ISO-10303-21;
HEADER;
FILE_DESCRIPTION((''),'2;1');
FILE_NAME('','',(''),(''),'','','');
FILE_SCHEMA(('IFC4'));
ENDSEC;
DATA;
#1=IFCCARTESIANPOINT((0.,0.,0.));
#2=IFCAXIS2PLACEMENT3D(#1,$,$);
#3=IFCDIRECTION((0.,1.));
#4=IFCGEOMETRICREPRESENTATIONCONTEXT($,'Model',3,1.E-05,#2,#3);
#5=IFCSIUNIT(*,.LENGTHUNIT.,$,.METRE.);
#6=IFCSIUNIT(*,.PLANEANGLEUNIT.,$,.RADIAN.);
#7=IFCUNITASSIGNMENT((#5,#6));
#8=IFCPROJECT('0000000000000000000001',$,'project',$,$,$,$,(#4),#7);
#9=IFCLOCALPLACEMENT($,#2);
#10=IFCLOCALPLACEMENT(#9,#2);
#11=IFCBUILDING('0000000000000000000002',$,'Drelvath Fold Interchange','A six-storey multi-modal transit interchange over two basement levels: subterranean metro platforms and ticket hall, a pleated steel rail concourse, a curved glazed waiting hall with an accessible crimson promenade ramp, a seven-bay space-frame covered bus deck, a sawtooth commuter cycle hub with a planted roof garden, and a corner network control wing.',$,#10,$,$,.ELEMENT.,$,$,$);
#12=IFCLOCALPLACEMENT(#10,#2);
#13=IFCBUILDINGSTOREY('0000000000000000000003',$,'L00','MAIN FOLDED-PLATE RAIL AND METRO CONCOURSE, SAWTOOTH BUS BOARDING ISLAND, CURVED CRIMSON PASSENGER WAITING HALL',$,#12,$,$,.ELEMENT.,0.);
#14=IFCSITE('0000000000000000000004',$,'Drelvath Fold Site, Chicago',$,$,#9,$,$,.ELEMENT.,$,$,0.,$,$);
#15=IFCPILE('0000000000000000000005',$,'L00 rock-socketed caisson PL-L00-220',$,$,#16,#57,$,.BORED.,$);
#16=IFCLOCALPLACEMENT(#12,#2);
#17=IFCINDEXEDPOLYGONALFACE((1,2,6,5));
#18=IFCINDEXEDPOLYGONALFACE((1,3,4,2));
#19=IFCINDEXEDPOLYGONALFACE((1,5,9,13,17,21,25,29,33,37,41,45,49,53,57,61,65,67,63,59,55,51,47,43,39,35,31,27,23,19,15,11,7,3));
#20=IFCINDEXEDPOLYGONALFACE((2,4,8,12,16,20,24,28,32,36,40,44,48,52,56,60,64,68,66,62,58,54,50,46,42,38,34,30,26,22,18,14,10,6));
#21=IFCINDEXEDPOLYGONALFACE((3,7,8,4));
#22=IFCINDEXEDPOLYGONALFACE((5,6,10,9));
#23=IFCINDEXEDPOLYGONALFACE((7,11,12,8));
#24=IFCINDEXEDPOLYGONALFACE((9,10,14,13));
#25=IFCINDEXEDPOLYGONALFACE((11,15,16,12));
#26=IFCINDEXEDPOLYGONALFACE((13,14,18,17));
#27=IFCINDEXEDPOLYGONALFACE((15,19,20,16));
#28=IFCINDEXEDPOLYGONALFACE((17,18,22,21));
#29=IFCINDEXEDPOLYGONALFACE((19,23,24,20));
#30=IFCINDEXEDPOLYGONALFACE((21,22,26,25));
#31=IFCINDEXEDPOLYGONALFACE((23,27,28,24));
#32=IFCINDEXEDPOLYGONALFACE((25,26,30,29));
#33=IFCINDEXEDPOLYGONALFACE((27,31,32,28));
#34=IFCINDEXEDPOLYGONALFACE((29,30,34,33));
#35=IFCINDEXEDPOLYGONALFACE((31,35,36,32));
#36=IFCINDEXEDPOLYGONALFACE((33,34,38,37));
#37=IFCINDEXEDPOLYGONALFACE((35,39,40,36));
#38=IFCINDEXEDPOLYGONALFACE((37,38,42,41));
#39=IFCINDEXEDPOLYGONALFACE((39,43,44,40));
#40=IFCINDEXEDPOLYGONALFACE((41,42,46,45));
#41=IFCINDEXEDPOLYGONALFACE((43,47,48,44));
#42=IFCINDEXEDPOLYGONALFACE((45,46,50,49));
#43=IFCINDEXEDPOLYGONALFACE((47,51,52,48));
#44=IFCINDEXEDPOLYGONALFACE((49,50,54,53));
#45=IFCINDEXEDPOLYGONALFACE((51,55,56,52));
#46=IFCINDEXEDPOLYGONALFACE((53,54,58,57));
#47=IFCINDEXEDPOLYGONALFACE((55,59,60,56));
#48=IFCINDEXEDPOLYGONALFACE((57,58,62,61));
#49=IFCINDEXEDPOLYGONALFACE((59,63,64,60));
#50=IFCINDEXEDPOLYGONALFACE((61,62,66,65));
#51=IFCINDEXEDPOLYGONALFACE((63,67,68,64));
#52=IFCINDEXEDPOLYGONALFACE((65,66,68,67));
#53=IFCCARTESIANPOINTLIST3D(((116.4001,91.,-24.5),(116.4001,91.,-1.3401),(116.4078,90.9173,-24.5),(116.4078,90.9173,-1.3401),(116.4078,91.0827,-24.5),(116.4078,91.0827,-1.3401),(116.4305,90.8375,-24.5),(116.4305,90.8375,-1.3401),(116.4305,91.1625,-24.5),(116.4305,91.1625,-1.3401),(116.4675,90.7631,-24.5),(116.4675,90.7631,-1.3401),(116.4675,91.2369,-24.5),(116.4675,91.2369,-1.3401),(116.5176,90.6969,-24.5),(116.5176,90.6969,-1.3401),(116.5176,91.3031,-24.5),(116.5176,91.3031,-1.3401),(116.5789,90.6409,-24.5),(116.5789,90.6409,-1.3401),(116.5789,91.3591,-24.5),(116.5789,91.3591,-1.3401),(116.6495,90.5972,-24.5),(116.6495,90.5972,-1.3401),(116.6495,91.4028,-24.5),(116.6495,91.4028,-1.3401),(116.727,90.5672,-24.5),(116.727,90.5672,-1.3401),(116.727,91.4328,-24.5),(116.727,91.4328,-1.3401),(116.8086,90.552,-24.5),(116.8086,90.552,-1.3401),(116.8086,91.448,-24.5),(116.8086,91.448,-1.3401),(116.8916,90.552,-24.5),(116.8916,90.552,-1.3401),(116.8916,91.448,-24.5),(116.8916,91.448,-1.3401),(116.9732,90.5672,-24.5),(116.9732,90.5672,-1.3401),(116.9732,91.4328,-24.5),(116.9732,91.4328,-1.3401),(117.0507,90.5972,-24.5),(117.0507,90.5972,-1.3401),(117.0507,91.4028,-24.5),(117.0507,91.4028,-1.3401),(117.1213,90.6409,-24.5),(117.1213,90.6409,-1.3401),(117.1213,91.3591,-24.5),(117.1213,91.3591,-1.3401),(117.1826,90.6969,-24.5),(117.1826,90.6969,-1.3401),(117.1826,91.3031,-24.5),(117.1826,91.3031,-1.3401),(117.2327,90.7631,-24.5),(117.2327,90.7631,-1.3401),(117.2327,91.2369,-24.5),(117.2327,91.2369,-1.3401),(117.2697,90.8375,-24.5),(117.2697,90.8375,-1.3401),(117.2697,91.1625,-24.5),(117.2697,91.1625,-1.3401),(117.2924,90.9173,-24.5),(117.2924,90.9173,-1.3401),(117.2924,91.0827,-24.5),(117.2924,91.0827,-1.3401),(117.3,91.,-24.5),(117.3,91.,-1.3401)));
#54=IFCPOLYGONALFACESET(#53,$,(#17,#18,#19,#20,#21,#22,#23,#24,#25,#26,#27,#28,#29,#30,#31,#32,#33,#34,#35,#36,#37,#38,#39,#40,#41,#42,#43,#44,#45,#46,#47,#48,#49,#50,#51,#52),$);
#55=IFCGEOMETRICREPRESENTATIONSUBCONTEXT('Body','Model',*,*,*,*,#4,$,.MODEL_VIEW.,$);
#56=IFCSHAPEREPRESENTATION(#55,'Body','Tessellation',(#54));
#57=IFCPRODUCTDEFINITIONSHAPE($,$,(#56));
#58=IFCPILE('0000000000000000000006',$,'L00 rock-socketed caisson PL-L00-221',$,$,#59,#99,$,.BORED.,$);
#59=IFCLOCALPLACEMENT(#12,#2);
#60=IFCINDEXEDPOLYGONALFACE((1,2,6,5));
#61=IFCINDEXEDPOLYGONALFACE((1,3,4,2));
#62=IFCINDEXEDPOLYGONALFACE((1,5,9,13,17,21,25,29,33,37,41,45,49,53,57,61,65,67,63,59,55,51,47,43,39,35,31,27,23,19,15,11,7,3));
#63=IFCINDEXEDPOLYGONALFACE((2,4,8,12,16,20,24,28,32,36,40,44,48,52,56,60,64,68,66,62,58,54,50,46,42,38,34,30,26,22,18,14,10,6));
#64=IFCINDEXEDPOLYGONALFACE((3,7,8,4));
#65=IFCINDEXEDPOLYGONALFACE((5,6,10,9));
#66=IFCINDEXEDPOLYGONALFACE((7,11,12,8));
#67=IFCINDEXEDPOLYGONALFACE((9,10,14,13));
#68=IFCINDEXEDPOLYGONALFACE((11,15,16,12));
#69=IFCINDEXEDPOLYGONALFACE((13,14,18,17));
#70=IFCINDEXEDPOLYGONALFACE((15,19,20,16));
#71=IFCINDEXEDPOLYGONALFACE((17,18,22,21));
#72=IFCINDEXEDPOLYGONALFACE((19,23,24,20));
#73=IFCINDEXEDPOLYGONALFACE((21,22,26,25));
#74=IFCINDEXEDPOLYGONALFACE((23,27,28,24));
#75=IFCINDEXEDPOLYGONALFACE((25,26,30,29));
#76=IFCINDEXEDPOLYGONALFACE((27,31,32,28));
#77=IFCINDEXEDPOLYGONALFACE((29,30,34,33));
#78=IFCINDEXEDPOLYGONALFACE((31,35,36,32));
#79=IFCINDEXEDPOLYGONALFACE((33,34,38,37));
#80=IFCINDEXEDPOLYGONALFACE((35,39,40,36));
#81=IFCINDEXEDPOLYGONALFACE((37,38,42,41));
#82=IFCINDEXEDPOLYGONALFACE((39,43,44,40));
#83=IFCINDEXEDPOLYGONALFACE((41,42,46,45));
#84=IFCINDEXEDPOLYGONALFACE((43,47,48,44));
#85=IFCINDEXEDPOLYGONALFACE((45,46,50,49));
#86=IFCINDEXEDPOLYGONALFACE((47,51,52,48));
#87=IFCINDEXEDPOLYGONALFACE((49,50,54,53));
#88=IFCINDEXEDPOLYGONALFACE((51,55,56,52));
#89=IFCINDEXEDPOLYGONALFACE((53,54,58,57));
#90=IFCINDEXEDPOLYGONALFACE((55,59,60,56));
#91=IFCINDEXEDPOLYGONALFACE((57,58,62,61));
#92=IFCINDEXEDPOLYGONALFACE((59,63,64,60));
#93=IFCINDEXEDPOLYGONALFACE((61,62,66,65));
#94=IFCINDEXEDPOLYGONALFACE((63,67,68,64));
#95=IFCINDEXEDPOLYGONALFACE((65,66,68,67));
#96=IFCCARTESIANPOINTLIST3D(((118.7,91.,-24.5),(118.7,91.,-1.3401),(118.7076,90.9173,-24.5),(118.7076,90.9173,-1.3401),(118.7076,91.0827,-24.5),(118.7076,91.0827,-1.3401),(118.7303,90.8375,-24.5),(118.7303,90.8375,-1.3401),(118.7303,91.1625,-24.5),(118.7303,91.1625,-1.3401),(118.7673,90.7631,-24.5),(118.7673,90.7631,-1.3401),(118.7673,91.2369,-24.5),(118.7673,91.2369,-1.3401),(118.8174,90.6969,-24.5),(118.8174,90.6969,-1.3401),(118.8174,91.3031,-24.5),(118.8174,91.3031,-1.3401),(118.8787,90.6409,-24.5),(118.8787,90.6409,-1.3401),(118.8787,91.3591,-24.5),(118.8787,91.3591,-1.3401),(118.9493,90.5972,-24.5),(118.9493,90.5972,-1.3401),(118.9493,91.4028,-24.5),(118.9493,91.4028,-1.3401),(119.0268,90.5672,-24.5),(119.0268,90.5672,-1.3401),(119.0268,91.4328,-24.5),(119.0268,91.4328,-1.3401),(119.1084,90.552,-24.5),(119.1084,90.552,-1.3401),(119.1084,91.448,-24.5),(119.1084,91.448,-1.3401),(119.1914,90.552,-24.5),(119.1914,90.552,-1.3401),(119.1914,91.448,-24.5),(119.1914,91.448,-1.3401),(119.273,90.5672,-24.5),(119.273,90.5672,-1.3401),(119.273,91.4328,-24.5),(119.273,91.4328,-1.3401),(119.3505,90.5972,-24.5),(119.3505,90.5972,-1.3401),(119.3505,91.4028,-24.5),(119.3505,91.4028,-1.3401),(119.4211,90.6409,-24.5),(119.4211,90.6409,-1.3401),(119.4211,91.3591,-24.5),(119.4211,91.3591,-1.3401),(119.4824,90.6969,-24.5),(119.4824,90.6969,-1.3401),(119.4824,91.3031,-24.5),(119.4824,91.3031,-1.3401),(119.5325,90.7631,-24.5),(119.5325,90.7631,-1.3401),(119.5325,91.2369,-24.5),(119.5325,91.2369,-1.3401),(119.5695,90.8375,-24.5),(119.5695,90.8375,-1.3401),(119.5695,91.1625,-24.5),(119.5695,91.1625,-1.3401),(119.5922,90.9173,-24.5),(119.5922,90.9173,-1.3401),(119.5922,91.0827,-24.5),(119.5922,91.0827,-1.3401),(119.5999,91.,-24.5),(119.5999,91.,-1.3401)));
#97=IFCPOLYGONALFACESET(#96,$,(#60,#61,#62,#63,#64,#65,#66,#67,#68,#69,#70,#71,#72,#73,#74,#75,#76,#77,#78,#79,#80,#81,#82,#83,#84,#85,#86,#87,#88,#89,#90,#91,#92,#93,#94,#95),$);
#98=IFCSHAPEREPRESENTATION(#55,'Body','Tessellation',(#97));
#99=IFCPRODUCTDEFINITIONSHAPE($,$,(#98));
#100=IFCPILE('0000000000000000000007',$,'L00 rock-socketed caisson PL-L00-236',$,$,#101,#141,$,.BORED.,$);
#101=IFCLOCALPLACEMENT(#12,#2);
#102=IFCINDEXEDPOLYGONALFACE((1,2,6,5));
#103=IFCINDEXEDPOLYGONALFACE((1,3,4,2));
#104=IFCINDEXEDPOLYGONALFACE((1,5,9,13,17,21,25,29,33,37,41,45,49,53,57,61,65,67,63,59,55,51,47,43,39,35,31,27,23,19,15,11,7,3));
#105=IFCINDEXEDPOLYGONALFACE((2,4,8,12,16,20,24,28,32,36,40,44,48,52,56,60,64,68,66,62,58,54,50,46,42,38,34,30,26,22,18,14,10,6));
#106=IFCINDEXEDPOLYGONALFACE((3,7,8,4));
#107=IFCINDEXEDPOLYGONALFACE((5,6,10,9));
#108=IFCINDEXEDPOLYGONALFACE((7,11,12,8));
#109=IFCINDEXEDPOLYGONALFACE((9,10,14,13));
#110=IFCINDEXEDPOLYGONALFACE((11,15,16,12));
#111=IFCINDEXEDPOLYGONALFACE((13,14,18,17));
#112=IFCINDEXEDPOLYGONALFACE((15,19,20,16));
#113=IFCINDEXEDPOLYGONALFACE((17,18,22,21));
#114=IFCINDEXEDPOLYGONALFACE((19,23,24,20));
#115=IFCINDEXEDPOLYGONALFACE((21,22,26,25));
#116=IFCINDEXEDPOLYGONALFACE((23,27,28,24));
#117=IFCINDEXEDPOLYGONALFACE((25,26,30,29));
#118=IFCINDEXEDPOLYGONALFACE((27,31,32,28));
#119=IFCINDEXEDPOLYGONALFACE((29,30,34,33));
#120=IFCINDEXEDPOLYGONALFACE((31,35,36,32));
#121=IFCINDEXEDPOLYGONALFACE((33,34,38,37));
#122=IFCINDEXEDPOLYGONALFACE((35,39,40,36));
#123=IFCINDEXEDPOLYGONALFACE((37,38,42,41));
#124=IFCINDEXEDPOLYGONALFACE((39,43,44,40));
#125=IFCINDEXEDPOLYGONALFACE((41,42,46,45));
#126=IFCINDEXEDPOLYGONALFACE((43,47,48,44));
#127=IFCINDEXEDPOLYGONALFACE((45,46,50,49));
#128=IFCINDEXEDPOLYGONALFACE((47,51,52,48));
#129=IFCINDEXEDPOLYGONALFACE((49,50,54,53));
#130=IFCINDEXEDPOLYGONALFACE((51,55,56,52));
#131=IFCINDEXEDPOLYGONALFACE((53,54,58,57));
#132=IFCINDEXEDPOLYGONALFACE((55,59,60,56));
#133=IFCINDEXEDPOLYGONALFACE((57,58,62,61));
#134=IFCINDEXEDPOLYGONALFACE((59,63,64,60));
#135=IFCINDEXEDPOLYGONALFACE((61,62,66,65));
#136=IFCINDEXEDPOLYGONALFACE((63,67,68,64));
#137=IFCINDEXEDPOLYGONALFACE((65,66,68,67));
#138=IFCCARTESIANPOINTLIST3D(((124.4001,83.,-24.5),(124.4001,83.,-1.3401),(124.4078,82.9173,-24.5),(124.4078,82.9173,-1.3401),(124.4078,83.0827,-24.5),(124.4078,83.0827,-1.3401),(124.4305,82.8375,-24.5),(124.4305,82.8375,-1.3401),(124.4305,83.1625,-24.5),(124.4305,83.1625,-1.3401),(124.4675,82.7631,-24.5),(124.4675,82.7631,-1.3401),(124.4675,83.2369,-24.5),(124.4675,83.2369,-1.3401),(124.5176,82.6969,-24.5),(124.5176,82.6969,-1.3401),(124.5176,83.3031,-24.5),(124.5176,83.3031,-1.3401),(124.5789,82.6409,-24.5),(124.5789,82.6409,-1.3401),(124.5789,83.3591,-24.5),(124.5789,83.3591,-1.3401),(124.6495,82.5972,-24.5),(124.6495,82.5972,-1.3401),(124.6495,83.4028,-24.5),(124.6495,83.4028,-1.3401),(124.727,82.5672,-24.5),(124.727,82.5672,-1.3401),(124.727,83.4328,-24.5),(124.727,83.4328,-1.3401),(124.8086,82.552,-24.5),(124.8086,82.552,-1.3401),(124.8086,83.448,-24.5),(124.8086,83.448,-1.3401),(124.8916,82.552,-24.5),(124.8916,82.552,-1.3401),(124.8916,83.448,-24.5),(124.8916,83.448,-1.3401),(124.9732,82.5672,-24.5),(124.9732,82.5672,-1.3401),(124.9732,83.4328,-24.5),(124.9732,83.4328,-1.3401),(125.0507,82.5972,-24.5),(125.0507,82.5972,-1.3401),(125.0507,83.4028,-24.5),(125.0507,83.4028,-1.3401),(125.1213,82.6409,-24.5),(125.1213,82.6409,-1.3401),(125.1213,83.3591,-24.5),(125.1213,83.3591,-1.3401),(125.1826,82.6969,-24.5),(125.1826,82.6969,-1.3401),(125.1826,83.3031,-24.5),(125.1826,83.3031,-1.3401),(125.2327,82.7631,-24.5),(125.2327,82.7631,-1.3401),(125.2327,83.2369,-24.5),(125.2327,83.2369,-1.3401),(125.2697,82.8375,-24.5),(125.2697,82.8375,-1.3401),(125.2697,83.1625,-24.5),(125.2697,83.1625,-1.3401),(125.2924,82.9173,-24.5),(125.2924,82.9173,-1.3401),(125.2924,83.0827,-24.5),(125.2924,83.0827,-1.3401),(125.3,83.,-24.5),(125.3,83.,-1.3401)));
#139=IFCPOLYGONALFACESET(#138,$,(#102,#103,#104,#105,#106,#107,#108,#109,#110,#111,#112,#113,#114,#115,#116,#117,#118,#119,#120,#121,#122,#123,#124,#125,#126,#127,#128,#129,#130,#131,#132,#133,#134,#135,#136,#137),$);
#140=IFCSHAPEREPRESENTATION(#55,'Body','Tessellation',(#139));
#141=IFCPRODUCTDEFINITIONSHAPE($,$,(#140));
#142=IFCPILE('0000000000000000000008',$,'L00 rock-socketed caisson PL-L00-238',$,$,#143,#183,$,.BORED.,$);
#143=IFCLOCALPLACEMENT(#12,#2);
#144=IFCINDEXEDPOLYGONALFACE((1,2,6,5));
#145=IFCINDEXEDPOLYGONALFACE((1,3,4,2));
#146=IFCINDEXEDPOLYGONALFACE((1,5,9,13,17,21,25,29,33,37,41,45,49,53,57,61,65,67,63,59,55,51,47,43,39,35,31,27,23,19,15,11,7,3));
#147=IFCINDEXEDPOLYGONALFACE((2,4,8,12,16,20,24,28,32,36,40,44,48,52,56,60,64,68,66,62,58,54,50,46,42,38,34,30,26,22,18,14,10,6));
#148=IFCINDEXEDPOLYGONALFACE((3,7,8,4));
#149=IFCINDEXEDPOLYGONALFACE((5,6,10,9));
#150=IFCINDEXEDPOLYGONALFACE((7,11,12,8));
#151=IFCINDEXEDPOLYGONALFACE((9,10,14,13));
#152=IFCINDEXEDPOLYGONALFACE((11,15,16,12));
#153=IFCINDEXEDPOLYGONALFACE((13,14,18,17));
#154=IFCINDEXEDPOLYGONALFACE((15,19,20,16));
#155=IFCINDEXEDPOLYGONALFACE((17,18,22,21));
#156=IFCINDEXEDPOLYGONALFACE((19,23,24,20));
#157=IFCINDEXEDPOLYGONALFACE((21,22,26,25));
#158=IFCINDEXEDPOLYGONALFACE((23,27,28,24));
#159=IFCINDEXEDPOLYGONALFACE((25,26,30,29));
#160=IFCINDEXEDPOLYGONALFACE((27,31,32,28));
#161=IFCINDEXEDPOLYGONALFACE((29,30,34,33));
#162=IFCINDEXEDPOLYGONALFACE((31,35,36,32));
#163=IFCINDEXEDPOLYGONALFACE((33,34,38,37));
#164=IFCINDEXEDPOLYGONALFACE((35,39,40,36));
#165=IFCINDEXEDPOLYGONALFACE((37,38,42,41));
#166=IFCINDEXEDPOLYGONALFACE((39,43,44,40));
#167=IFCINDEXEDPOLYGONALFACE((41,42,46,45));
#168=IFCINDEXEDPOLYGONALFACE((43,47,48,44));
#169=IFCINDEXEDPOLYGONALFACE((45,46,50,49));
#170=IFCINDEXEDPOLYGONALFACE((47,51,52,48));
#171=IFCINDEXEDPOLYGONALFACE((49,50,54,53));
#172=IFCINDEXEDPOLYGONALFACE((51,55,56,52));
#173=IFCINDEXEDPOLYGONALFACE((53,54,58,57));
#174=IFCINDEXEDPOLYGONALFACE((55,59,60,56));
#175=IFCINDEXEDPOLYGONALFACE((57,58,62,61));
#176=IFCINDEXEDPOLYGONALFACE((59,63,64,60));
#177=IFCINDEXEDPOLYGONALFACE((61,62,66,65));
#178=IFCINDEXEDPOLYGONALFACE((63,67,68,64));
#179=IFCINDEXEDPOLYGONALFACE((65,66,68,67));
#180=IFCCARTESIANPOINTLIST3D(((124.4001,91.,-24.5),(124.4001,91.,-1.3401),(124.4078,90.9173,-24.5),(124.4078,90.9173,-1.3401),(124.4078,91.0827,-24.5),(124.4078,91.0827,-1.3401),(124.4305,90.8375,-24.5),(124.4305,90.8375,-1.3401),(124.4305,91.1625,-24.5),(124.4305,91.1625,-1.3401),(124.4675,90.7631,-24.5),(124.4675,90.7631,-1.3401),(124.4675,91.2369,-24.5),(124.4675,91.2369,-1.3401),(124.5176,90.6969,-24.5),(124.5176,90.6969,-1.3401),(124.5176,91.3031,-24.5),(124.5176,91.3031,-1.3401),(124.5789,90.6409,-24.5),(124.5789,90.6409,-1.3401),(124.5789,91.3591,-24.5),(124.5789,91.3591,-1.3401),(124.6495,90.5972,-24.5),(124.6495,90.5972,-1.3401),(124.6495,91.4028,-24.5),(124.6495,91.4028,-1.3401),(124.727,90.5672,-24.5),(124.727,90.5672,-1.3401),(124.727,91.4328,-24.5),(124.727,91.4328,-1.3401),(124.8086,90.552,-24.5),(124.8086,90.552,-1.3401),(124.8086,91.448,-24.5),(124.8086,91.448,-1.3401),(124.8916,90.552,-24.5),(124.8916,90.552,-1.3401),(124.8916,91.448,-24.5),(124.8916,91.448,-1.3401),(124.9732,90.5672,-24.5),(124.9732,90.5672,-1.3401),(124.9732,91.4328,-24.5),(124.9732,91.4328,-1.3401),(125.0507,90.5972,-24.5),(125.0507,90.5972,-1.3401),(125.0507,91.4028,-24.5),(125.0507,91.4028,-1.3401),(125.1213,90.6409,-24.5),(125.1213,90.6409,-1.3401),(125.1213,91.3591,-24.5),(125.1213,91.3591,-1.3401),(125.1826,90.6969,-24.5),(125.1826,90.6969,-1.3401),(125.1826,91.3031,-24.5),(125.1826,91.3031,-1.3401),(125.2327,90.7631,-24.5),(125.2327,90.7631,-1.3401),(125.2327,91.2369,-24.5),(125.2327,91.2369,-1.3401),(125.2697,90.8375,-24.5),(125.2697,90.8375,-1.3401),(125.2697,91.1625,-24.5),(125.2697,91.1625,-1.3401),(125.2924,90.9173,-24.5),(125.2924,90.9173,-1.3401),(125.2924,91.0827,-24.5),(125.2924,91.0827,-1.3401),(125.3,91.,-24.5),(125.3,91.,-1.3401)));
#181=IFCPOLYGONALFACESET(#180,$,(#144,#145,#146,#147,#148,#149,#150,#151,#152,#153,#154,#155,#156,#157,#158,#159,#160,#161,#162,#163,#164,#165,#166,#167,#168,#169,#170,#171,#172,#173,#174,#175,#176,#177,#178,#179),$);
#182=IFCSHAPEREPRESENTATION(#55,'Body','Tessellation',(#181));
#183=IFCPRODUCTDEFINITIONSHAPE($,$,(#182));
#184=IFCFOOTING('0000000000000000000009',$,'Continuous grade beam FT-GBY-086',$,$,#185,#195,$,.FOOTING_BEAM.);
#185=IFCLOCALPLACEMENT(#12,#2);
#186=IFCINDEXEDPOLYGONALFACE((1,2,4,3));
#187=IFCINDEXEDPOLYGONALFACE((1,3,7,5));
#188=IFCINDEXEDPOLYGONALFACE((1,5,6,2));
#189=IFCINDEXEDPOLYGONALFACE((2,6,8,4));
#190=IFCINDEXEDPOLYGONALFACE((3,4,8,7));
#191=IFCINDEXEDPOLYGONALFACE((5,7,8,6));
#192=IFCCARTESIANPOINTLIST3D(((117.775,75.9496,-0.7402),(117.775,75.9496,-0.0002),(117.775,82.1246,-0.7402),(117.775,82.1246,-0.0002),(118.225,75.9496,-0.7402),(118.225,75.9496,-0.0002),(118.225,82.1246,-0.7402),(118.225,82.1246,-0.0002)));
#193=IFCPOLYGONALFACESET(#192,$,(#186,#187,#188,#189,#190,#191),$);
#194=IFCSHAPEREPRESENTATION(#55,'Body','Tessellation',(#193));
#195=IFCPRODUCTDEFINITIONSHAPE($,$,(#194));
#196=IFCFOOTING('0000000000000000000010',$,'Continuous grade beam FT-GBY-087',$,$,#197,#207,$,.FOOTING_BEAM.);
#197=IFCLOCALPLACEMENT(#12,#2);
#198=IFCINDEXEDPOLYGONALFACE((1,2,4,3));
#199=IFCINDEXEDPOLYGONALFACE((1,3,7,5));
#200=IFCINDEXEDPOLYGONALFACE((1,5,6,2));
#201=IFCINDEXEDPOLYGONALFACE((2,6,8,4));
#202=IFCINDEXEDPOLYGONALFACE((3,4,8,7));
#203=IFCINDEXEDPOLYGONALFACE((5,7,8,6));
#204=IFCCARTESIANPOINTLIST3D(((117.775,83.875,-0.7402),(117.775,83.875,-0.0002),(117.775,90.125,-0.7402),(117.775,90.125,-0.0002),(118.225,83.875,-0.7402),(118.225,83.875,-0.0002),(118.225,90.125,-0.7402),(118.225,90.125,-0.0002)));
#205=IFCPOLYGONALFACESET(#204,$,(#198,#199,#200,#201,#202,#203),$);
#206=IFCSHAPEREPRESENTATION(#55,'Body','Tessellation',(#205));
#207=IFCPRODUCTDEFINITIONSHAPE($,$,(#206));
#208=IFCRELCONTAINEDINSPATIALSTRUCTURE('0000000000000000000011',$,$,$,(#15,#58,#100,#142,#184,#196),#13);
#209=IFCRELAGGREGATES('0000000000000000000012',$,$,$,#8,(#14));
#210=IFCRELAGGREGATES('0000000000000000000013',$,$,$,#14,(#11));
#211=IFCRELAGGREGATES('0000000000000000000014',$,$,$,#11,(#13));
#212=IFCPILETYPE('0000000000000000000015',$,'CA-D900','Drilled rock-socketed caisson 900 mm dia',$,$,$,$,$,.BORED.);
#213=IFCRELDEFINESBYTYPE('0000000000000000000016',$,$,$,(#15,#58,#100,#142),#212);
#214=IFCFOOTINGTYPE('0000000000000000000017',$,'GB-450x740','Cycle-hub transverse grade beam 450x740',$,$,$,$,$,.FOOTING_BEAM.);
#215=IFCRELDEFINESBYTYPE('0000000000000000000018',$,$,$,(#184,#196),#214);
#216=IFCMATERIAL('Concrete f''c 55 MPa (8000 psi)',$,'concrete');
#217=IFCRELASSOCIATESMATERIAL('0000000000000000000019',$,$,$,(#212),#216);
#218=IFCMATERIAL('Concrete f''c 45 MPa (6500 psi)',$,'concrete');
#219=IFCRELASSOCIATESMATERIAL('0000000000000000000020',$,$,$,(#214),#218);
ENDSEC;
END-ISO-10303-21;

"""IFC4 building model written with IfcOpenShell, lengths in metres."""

from ifc_helpers import new_model, si_unit, direction, frame, origin, origin_2d, place, context, subcontext, project, spatial, rectangle, circle, extrude, material, material_profile, profile_set, type_object, element, save


model = new_model("IFC4")

# Units and contexts
model_context = context("Model", 3, precision=1e-05, world=origin(), true_north=direction((0.0, 1.0)))
body_context = subcontext(model_context, "Body", "Model", "MODEL_VIEW")
ifc_project = project(units=[si_unit("LENGTHUNIT", "METRE"), si_unit("PLANEANGLEUNIT", "RADIAN")], contexts=[model_context])

# Site, building, storey
site_placement = place(None, origin())
site = spatial("IfcSite", under=ifc_project, at=site_placement, Name="Drelvath Fold Site, Chicago", CompositionType="ELEMENT", RefElevation=0.0)
building_placement = place(site_placement, origin())
building = spatial("IfcBuilding", under=site, at=building_placement, Name="Drelvath Fold Interchange", Description="A six-storey multi-modal transit interchange over two basement levels: subterranean metro platforms and ticket hall, a pleated steel rail concourse, a curved glazed waiting hall with an accessible crimson promenade ramp, a seven-bay space-frame covered bus deck, a sawtooth commuter cycle hub with a planted roof garden, and a corner network control wing.", CompositionType="ELEMENT")
storey_placement = place(building_placement, origin())
storey = spatial("IfcBuildingStorey", under=building, at=storey_placement, Name="L00", Description="MAIN FOLDED-PLATE RAIL AND METRO CONCOURSE, SAWTOOTH BUS BOARDING ISLAND, CURVED CRIMSON PASSENGER WAITING HALL", CompositionType="ELEMENT", Elevation=0.0)

# Piles
ifc_material_1 = material(Name="Concrete f'c 55 MPa (8000 psi)", Category="concrete")
ifc_material_profile_1 = material_profile(ifc_material_1, circle(Radius=0.45, at=origin_2d()), Name="CAISSON D900")
ifc_profile_set_1 = profile_set([ifc_material_profile_1], Name="Concrete f'c 55 MPa (8000 psi)")
pile_type = type_object("IfcPileType", Name="CA-D900", Description="Drilled rock-socketed caisson 900 mm dia", PredefinedType="BORED", material=ifc_profile_set_1)
for number, where, z_axis, x_axis, name in (
    (1, (116.8501, 91.0, -1.3401), (0.0, 0.0, -1.0), (1.0, 0.0, 0.0), "L00 rock-socketed caisson PL-L00-220"),
    (2, (119.1499, 91.0, -1.3401), (0.0, 0.0, -1.0), (1.0, 0.0, 0.0), "L00 rock-socketed caisson PL-L00-221"),
    (3, (124.8501, 83.0, -1.3401), (0.0, 0.0, -1.0), (1.0, 0.0, 0.0), "L00 rock-socketed caisson PL-L00-236"),
    (4, (124.8501, 91.0, -1.3401), (0.0, 0.0, -1.0), (1.0, 0.0, 0.0), "L00 rock-socketed caisson PL-L00-238"),
):
    element("IfcPile", number, at=place(storey_placement, frame(where, z_axis=z_axis, x_axis=x_axis)), inside=storey, type_object=pile_type, Name=name, PredefinedType="BORED", context=body_context, shape_type="SweptSolid", body=[
        extrude(circle(Radius=0.45, at=origin_2d()), origin(), (0.0, 0.0, 1.0), 23.1599),
    ])

# Footings
ifc_material_2 = material(Name="Concrete f'c 45 MPa (6500 psi)", Category="concrete")
footing_type_1 = type_object("IfcFootingType", Name="GB-450x740", Description="Cycle-hub transverse grade beam 450x740", PredefinedType="FOOTING_BEAM", material=ifc_material_2)
footing_1_placement = place(storey_placement, frame((118.0, 79.0371, -0.7402), z_axis=(0.0, 0.0, 1.0), x_axis=(1.0, 0.0, 0.0)))
element("IfcFooting", 5, at=footing_1_placement, inside=storey, type_object=footing_type_1, Name="Continuous grade beam FT-GBY-086", PredefinedType="FOOTING_BEAM", context=body_context, shape_type="SweptSolid", body=[
    extrude(rectangle(XDim=0.45, YDim=6.175, at=origin_2d()), origin(), (0.0, 0.0, 1.0), 0.74),
])
footing_2_placement = place(storey_placement, frame((118.0, 87.0, -0.7402), z_axis=(0.0, 0.0, 1.0), x_axis=(1.0, 0.0, 0.0)))
element("IfcFooting", 6, at=footing_2_placement, inside=storey, type_object=footing_type_1, Name="Continuous grade beam FT-GBY-087", PredefinedType="FOOTING_BEAM", context=body_context, shape_type="SweptSolid", body=[
    extrude(rectangle(XDim=0.45, YDim=6.25, at=origin_2d()), origin(), (0.0, 0.0, 1.0), 0.74),
])

save(model, "model.ifc")
